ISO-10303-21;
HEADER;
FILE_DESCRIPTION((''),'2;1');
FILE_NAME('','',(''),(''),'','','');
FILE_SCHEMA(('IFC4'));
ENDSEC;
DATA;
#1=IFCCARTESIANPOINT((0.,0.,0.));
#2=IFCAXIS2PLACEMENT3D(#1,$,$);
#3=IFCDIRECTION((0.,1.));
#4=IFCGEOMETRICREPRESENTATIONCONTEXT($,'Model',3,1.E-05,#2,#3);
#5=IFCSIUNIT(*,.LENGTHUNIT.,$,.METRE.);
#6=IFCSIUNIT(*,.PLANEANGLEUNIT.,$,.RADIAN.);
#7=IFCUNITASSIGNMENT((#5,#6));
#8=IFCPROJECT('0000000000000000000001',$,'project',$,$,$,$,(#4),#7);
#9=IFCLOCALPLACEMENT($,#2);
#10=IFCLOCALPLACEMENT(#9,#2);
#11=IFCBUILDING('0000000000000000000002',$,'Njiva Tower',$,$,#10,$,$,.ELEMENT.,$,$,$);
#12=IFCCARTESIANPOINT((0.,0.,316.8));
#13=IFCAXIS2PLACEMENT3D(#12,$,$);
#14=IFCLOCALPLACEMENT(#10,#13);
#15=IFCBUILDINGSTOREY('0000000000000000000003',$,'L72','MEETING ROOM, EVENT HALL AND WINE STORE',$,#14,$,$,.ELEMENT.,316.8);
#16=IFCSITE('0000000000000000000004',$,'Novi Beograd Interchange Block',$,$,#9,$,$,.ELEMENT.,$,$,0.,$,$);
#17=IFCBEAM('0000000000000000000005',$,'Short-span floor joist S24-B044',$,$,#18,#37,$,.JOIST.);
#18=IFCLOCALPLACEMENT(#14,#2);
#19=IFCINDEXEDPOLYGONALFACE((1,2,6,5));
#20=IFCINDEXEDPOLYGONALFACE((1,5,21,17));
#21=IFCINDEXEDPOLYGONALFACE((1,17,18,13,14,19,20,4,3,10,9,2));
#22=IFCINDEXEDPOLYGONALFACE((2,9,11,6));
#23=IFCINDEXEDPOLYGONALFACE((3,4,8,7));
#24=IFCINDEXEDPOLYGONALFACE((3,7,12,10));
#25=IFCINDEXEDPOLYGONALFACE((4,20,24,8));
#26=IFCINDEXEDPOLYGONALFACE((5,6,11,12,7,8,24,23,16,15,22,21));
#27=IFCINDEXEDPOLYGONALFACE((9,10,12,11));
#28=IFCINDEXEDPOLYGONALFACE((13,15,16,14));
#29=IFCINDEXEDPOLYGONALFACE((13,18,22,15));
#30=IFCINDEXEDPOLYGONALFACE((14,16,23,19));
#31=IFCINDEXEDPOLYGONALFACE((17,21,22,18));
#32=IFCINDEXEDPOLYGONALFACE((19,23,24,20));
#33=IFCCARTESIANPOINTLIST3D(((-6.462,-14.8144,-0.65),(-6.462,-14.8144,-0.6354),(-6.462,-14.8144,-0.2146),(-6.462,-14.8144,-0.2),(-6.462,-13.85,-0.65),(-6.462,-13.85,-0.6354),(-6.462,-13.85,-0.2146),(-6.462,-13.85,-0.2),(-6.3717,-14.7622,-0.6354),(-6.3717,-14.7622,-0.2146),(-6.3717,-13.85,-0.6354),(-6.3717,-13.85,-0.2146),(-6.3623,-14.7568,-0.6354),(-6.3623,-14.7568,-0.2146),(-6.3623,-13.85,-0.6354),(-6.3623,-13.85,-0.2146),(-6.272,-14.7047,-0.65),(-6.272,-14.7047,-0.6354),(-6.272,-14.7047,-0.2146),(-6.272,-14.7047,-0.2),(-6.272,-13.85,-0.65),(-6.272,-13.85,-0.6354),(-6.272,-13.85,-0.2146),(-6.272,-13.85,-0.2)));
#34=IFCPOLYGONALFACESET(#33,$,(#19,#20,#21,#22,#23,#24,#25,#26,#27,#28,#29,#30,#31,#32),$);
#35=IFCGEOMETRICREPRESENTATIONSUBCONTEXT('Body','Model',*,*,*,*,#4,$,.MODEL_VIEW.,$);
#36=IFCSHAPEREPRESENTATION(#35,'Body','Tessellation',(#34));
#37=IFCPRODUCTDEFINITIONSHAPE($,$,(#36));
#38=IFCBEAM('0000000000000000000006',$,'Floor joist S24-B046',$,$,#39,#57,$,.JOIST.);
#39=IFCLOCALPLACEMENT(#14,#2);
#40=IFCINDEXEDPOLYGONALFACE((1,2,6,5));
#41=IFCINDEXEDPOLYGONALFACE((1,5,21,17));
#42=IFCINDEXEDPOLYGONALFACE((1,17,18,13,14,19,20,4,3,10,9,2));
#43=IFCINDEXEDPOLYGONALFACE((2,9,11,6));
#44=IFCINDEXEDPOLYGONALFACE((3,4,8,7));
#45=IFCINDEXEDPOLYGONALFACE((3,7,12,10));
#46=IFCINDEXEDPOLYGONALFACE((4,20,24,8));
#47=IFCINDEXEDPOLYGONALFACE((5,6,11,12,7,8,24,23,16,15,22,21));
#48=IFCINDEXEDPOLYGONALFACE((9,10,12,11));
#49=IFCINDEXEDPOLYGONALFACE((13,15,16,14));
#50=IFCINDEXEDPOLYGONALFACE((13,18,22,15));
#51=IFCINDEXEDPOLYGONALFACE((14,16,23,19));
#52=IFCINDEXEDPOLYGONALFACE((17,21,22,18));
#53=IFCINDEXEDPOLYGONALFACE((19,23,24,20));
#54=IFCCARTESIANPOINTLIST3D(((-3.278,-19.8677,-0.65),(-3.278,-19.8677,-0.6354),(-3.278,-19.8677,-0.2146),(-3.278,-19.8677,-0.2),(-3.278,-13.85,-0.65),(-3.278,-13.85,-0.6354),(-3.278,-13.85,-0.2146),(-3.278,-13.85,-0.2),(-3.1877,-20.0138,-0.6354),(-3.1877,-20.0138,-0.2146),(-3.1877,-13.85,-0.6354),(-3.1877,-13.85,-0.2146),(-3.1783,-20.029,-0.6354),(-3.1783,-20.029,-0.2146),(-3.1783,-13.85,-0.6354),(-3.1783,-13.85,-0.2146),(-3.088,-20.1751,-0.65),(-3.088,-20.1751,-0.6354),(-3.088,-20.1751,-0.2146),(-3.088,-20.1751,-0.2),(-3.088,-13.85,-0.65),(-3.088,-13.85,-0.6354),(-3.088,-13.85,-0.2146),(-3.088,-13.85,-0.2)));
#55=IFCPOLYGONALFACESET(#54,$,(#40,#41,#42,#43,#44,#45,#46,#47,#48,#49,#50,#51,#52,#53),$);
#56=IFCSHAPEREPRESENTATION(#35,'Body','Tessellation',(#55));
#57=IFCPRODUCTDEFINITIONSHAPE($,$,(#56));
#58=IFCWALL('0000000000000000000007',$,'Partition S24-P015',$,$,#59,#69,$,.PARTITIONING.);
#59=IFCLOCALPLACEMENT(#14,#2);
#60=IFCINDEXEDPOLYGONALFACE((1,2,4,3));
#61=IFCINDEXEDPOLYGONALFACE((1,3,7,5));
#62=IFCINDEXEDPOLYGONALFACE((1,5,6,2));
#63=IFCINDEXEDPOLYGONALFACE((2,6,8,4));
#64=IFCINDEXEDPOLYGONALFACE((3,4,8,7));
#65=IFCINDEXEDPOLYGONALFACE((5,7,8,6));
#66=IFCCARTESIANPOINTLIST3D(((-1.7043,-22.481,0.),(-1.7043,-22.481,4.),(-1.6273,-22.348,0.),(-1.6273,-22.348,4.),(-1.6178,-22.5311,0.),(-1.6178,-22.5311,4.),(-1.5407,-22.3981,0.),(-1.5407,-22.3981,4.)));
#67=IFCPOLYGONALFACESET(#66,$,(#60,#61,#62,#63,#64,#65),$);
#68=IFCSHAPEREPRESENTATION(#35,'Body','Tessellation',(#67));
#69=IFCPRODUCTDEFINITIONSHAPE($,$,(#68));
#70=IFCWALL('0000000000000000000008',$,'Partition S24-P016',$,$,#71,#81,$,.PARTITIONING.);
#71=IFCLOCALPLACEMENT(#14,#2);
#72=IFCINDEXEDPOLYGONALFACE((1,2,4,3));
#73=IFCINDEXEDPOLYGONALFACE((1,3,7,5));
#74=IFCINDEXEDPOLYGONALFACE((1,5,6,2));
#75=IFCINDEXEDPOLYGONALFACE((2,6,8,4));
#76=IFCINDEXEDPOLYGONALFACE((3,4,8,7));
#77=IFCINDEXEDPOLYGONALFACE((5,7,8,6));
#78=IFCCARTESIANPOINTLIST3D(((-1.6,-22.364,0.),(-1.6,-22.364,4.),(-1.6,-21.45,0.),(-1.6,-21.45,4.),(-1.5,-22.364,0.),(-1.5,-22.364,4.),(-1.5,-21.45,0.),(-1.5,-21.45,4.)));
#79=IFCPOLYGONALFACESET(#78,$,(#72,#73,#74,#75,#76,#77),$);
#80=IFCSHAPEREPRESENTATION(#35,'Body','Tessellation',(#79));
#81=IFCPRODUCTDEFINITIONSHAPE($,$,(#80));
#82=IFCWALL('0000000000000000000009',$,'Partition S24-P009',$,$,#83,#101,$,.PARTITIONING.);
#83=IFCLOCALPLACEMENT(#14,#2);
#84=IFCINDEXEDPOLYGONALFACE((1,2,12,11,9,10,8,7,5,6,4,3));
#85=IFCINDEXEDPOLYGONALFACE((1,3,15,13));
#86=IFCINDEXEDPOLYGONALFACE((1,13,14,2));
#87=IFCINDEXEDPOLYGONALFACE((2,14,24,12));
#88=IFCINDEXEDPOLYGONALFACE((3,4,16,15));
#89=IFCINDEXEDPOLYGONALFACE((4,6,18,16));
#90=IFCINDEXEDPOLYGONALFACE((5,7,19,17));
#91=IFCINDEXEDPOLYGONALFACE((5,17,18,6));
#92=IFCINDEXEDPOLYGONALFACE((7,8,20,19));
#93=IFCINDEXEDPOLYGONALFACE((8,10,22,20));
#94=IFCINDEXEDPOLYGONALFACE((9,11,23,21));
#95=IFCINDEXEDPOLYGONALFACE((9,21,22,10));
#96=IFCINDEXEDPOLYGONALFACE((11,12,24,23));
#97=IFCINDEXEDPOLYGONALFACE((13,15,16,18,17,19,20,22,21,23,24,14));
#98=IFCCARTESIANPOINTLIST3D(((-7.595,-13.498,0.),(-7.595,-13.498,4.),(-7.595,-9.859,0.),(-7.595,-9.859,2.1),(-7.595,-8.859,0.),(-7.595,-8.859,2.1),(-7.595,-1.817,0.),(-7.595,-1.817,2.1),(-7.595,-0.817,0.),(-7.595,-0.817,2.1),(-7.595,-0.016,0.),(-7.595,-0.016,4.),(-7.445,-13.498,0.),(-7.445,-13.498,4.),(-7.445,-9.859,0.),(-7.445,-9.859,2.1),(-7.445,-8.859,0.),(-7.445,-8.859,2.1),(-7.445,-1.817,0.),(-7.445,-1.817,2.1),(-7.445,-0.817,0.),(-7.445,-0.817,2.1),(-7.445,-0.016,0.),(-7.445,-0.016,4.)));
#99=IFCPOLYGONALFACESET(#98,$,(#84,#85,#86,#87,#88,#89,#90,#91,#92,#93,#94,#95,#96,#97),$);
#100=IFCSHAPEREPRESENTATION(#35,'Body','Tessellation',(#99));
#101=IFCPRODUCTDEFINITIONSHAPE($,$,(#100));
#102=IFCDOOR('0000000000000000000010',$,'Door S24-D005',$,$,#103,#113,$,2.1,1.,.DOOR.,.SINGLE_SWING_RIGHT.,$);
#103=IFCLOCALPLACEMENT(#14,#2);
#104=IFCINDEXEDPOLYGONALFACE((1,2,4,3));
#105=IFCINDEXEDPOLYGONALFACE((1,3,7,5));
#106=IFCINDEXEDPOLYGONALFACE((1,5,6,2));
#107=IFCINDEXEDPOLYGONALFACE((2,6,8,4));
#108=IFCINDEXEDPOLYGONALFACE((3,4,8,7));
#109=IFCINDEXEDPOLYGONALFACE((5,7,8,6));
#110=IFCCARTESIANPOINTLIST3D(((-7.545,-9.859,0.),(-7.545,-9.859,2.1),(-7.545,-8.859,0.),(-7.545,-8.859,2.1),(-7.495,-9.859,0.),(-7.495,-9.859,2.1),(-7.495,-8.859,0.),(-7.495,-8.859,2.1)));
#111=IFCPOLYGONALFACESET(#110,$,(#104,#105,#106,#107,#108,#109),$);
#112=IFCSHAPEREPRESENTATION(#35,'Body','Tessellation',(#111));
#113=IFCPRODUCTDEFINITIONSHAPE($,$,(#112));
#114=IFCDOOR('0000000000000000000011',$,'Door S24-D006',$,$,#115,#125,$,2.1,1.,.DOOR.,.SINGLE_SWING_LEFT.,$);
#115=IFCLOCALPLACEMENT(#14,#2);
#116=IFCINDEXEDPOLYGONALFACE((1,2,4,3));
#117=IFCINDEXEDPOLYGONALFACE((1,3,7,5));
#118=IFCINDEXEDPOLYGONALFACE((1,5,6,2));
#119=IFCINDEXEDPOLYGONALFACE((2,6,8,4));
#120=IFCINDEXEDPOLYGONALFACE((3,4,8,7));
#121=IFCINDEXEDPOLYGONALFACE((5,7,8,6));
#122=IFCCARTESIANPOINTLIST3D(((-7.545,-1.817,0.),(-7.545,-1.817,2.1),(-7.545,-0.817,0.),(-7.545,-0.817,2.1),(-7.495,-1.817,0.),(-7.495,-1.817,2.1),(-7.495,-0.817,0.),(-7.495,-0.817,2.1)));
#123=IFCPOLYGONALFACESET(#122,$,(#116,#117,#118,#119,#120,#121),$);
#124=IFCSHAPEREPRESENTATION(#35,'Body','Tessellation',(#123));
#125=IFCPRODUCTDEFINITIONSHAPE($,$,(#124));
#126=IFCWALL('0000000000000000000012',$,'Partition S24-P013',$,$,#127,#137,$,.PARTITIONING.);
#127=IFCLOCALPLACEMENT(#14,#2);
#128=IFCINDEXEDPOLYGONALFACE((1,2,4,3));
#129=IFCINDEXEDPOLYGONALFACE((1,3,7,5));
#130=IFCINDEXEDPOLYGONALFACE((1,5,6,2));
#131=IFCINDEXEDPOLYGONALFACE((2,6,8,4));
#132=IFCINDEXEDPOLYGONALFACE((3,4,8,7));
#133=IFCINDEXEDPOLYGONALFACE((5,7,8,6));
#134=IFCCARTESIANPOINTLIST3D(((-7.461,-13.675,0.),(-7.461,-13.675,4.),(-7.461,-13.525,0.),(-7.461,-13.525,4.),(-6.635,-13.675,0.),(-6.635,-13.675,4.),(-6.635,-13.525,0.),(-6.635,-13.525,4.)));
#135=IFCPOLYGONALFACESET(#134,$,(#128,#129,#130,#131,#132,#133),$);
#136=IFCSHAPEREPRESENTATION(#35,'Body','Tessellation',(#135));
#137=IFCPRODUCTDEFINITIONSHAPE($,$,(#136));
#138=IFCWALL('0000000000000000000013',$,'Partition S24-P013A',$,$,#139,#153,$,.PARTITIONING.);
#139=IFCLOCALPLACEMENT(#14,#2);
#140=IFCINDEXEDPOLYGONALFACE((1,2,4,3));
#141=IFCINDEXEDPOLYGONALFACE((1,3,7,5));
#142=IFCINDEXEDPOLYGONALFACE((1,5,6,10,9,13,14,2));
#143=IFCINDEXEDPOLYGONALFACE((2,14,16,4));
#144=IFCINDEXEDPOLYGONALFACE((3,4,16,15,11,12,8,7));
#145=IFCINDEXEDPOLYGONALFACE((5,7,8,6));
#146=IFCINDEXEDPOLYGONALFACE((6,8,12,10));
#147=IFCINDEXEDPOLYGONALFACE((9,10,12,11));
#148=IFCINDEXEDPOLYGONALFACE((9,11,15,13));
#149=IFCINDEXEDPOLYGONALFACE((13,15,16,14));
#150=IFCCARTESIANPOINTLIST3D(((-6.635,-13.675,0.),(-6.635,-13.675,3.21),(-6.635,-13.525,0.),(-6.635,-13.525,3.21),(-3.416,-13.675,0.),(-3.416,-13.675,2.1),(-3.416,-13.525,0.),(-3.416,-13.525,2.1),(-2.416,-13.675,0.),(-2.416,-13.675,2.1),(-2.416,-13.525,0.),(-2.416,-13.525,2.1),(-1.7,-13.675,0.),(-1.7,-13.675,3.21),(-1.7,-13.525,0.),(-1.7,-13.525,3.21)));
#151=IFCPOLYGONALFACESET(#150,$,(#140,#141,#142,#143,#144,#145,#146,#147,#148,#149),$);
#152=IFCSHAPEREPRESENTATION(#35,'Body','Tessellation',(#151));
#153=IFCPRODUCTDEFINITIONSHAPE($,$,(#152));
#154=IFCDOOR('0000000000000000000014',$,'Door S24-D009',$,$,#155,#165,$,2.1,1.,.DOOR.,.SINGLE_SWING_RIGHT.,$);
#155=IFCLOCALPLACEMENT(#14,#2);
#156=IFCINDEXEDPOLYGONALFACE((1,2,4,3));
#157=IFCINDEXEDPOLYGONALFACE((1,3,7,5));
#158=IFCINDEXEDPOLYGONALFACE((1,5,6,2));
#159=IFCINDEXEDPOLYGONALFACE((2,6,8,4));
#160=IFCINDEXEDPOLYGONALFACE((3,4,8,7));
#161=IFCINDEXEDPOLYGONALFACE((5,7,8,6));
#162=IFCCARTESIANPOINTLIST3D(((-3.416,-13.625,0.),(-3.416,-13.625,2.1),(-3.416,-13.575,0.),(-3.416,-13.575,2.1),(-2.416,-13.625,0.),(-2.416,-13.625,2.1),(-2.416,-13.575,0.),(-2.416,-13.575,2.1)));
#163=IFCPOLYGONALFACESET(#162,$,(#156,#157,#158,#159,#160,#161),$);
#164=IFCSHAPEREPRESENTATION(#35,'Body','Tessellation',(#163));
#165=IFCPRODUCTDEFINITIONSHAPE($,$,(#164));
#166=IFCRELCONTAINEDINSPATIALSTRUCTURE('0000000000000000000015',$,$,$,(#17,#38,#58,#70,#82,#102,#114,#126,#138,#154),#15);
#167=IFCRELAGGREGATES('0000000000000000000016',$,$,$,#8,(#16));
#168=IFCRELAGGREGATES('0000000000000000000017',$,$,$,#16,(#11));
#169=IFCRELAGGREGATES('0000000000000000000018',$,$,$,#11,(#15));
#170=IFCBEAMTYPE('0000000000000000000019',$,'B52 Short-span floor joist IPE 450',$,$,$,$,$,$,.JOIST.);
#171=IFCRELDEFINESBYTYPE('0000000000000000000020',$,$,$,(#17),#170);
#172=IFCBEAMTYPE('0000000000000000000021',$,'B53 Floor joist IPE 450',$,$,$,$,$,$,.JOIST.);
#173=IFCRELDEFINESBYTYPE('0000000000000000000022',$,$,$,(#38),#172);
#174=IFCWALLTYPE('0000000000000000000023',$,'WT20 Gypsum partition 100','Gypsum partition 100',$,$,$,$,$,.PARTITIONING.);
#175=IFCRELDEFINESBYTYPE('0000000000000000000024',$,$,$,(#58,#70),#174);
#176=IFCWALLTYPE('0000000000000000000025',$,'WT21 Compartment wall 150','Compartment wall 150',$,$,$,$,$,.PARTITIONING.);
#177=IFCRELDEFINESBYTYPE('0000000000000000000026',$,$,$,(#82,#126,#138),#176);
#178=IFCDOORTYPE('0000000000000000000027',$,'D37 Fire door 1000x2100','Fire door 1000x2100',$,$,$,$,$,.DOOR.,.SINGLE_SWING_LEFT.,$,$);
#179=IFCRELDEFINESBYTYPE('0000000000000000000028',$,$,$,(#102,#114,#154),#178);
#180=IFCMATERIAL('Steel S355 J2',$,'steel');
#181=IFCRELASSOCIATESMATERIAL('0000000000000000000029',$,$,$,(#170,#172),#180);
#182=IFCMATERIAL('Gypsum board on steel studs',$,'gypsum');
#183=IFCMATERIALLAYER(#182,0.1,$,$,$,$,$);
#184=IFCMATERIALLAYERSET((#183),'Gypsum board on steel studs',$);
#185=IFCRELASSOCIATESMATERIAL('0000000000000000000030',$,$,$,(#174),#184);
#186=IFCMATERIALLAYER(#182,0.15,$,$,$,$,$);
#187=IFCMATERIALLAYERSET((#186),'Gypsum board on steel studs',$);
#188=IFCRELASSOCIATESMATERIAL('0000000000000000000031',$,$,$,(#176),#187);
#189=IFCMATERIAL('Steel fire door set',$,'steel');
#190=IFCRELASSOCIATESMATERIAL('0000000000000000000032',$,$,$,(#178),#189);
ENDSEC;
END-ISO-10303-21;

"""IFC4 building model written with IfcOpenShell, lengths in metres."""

from ifc_helpers import new_model, si_unit, direction, frame, frame_2d, origin, origin_2d, place, context, subcontext, project, spatial, rectangle, i_section, extrude, clip, halfspace, material, layer, layer_set, material_profile, profile_set, type_object, element, fill, save


model = new_model("IFC4")

# Units and contexts
model_context = context("Model", 3, precision=1e-05, world=origin(), true_north=direction((0.0, 1.0)))
body_context = subcontext(model_context, "Body", "Model", "MODEL_VIEW")
ifc_project = project(units=[si_unit("LENGTHUNIT", "METRE"), si_unit("PLANEANGLEUNIT", "RADIAN")], contexts=[model_context])

# Site, building, storey
site_placement = place(None, origin())
site = spatial("IfcSite", under=ifc_project, at=site_placement, Name="Novi Beograd Interchange Block", CompositionType="ELEMENT", RefElevation=0.0)
building_placement = place(site_placement, origin())
building = spatial("IfcBuilding", under=site, at=building_placement, Name="Njiva Tower", CompositionType="ELEMENT")
storey_placement = place(building_placement, frame((0.0, 0.0, 316.8)))
storey = spatial("IfcBuildingStorey", under=building, at=storey_placement, Name="L72", Description="MEETING ROOM, EVENT HALL AND WINE STORE", CompositionType="ELEMENT", Elevation=316.8)

# Shared definitions
ifc_material_1 = material(Name="Steel S355 J2", Category="steel")

# Beams
ifc_material_profile_1 = material_profile(ifc_material_1, i_section(OverallWidth=0.19, OverallDepth=0.45, WebThickness=0.0094, FlangeThickness=0.0146, at=origin_2d()), Name="IPE 450")
ifc_profile_set_1 = profile_set([ifc_material_profile_1], Name="Steel S355 J2")
beam_type_1 = type_object("IfcBeamType", Name="B52 Short-span floor joist IPE 450", PredefinedType="JOIST", material=ifc_profile_set_1)
beam_1_placement = place(storey_placement, frame((-6.367, -13.85, -0.425), z_axis=(0.0, -1.0, 0.0), x_axis=(1.0, 0.0, 0.0)))
element("IfcBeam", 1, at=beam_1_placement, inside=storey, type_object=beam_type_1, Name="Short-span floor joist S24-B044", PredefinedType="JOIST", context=body_context, shape_type="Clipping", body=[
    clip(extrude(i_section(OverallWidth=0.19, OverallDepth=0.45, WebThickness=0.0094, FlangeThickness=0.0146, at=origin_2d()), origin(), (0.0, 0.0, 1.0), 0.984), halfspace(frame((0.0253, 0.0, 0.8949), z_axis=(0.499998, 0.0, 0.866027), x_axis=(0.0, 1.0, 0.0)), False)),
])
ifc_material_profile_2 = material_profile(ifc_material_1, i_section(OverallWidth=0.19, OverallDepth=0.45, WebThickness=0.0094, FlangeThickness=0.0146, at=origin_2d()), Name="IPE 450")
ifc_profile_set_2 = profile_set([ifc_material_profile_2], Name="Steel S355 J2")
beam_type_2 = type_object("IfcBeamType", Name="B53 Floor joist IPE 450", PredefinedType="JOIST", material=ifc_profile_set_2)
beam_2_placement = place(storey_placement, frame((-3.183, -13.85, -0.425), z_axis=(0.0, -1.0, 0.0), x_axis=(1.0, 0.0, 0.0)))
element("IfcBeam", 2, at=beam_2_placement, inside=storey, type_object=beam_type_2, Name="Floor joist S24-B046", PredefinedType="JOIST", context=body_context, shape_type="Clipping", body=[
    clip(extrude(i_section(OverallWidth=0.19, OverallDepth=0.45, WebThickness=0.0094, FlangeThickness=0.0146, at=origin_2d()), origin(), (0.0, 0.0, 1.0), 6.345), halfspace(frame((-0.0429, 0.0, 6.102), z_axis=(-0.850616, 0.0, 0.525788), x_axis=(0.0, 1.0, 0.0)), False)),
])

# Walls
ifc_material_2 = material(Name="Gypsum board on steel studs", Category="gypsum")
ifc_layer_1 = layer(ifc_material_2, 0.1)
ifc_layer_set_1 = layer_set([ifc_layer_1], Name="Gypsum board on steel studs")
wall_type_1 = type_object("IfcWallType", Name="WT20 Gypsum partition 100", Description="Gypsum partition 100", PredefinedType="PARTITIONING", material=ifc_layer_set_1)
wall_1_placement = place(storey_placement, frame((-1.661, -22.506, 0.0), z_axis=(0.0, 0.0, 1.0), x_axis=(0.501036, 0.865426, 0.0)))
element("IfcWall", 3, at=wall_1_placement, inside=storey, type_object=wall_type_1, Name="Partition S24-P015", PredefinedType="PARTITIONING", context=body_context, shape_type="SweptSolid", body=[
    extrude(rectangle(XDim=0.1537, YDim=0.1, at=frame_2d((0.0768, 0.0))), origin(), (0.0, 0.0, 1.0), 4.0),
])
wall_2_placement = place(storey_placement, frame((-1.55, -22.364, 0.0), z_axis=(0.0, 0.0, 1.0), x_axis=(0.0, 1.0, 0.0)))
element("IfcWall", 4, at=wall_2_placement, inside=storey, type_object=wall_type_1, Name="Partition S24-P016", PredefinedType="PARTITIONING", context=body_context, shape_type="SweptSolid", body=[
    extrude(rectangle(XDim=0.914, YDim=0.1, at=frame_2d((0.457, 0.0))), origin(), (0.0, 0.0, 1.0), 4.0),
])

# Wall, openings, doors
ifc_layer_2 = layer(ifc_material_2, 0.15)
ifc_layer_set_2 = layer_set([ifc_layer_2], Name="Gypsum board on steel studs")
wall_type_2 = type_object("IfcWallType", Name="WT21 Compartment wall 150", Description="Compartment wall 150", PredefinedType="PARTITIONING", material=ifc_layer_set_2)
wall_3_placement = place(storey_placement, frame((-7.52, -13.498, 0.0), z_axis=(0.0, 0.0, 1.0), x_axis=(0.0, 1.0, 0.0)))
wall_3 = element("IfcWall", 5, at=wall_3_placement, inside=storey, type_object=wall_type_2, Name="Partition S24-P009", PredefinedType="PARTITIONING", context=body_context, shape_type="SweptSolid", body=[
    extrude(rectangle(XDim=13.482, YDim=0.15, at=frame_2d((6.741, 0.0))), origin(), (0.0, 0.0, 1.0), 4.0),
])
opening_1_placement = place(wall_3_placement, frame((3.639, 0.0, 0.0)))
opening_1 = element("IfcOpeningElement", 6, at=opening_1_placement, cuts=wall_3, PredefinedType="OPENING", context=body_context, shape_type="SweptSolid", body=[
    extrude(rectangle(XDim=1.0, YDim=2.1, at=frame_2d((0.5, 1.05))), frame((0.0, 0.085, 0.0), z_axis=(0.0, -1.0, 0.0), x_axis=(1.0, 0.0, 0.0)), (0.0, 0.0, 1.0), 0.17),
])
opening_2_placement = place(wall_3_placement, frame((11.681, 0.0, 0.0)))
opening_2 = element("IfcOpeningElement", 7, at=opening_2_placement, cuts=wall_3, PredefinedType="OPENING", context=body_context, shape_type="SweptSolid", body=[
    extrude(rectangle(XDim=1.0, YDim=2.1, at=frame_2d((0.5, 1.05))), frame((0.0, 0.085, 0.0), z_axis=(0.0, -1.0, 0.0), x_axis=(1.0, 0.0, 0.0)), (0.0, 0.0, 1.0), 0.17),
])
ifc_material_3 = material(Name="Steel fire door set", Category="steel")
door_type = type_object("IfcDoorType", Name="D37 Fire door 1000x2100", Description="Fire door 1000x2100", OperationType="SINGLE_SWING_LEFT", PredefinedType="DOOR", material=ifc_material_3)
door_1_placement = place(opening_1_placement, origin())
door_1 = element("IfcDoor", 8, at=door_1_placement, inside=storey, type_object=door_type, Name="Door S24-D005", OperationType="SINGLE_SWING_RIGHT", OverallHeight=2.1, OverallWidth=1.0, PredefinedType="DOOR", context=body_context, shape_type="SweptSolid", body=[
    extrude(rectangle(XDim=1.0, YDim=2.1, at=frame_2d((0.5, 1.05))), frame((0.0, 0.025, 0.0), z_axis=(0.0, -1.0, 0.0), x_axis=(1.0, 0.0, 0.0)), (0.0, 0.0, 1.0), 0.05),
])
fill(opening_1, door_1)
door_2_placement = place(opening_2_placement, origin())
door_2 = element("IfcDoor", 9, at=door_2_placement, inside=storey, type_object=door_type, Name="Door S24-D006", OperationType="SINGLE_SWING_LEFT", OverallHeight=2.1, OverallWidth=1.0, PredefinedType="DOOR", context=body_context, shape_type="SweptSolid", body=[
    extrude(rectangle(XDim=1.0, YDim=2.1, at=frame_2d((0.5, 1.05))), frame((0.0, 0.025, 0.0), z_axis=(0.0, -1.0, 0.0), x_axis=(1.0, 0.0, 0.0)), (0.0, 0.0, 1.0), 0.05),
])
fill(opening_2, door_2)

# Wall
wall_4_placement = place(storey_placement, frame((-7.461, -13.6, 0.0), z_axis=(0.0, 0.0, 1.0), x_axis=(1.0, 0.0, 0.0)))
element("IfcWall", 10, at=wall_4_placement, inside=storey, type_object=wall_type_2, Name="Partition S24-P013", PredefinedType="PARTITIONING", context=body_context, shape_type="SweptSolid", body=[
    extrude(rectangle(XDim=0.826, YDim=0.15, at=frame_2d((0.413, 0.0))), origin(), (0.0, 0.0, 1.0), 4.0),
])

# Wall, opening, door
wall_5_placement = place(storey_placement, frame((-6.635, -13.6, 0.0), z_axis=(0.0, 0.0, 1.0), x_axis=(1.0, 0.0, 0.0)))
wall_5 = element("IfcWall", 11, at=wall_5_placement, inside=storey, type_object=wall_type_2, Name="Partition S24-P013A", PredefinedType="PARTITIONING", context=body_context, shape_type="SweptSolid", body=[
    extrude(rectangle(XDim=4.935, YDim=0.15, at=frame_2d((2.4675, 0.0))), origin(), (0.0, 0.0, 1.0), 3.21),
])
opening_3_placement = place(wall_5_placement, frame((3.219, 0.0, 0.0)))
opening_3 = element("IfcOpeningElement", 12, at=opening_3_placement, cuts=wall_5, PredefinedType="OPENING", context=body_context, shape_type="SweptSolid", body=[
    extrude(rectangle(XDim=1.0, YDim=2.1, at=frame_2d((0.5, 1.05))), frame((0.0, 0.085, 0.0), z_axis=(0.0, -1.0, 0.0), x_axis=(1.0, 0.0, 0.0)), (0.0, 0.0, 1.0), 0.17),
])
door_3_placement = place(opening_3_placement, origin())
door_3 = element("IfcDoor", 13, at=door_3_placement, inside=storey, type_object=door_type, Name="Door S24-D009", OperationType="SINGLE_SWING_RIGHT", OverallHeight=2.1, OverallWidth=1.0, PredefinedType="DOOR", context=body_context, shape_type="SweptSolid", body=[
    extrude(rectangle(XDim=1.0, YDim=2.1, at=frame_2d((0.5, 1.05))), frame((0.0, 0.025, 0.0), z_axis=(0.0, -1.0, 0.0), x_axis=(1.0, 0.0, 0.0)), (0.0, 0.0, 1.0), 0.05),
])
fill(opening_3, door_3)

save(model, "model.ifc")
